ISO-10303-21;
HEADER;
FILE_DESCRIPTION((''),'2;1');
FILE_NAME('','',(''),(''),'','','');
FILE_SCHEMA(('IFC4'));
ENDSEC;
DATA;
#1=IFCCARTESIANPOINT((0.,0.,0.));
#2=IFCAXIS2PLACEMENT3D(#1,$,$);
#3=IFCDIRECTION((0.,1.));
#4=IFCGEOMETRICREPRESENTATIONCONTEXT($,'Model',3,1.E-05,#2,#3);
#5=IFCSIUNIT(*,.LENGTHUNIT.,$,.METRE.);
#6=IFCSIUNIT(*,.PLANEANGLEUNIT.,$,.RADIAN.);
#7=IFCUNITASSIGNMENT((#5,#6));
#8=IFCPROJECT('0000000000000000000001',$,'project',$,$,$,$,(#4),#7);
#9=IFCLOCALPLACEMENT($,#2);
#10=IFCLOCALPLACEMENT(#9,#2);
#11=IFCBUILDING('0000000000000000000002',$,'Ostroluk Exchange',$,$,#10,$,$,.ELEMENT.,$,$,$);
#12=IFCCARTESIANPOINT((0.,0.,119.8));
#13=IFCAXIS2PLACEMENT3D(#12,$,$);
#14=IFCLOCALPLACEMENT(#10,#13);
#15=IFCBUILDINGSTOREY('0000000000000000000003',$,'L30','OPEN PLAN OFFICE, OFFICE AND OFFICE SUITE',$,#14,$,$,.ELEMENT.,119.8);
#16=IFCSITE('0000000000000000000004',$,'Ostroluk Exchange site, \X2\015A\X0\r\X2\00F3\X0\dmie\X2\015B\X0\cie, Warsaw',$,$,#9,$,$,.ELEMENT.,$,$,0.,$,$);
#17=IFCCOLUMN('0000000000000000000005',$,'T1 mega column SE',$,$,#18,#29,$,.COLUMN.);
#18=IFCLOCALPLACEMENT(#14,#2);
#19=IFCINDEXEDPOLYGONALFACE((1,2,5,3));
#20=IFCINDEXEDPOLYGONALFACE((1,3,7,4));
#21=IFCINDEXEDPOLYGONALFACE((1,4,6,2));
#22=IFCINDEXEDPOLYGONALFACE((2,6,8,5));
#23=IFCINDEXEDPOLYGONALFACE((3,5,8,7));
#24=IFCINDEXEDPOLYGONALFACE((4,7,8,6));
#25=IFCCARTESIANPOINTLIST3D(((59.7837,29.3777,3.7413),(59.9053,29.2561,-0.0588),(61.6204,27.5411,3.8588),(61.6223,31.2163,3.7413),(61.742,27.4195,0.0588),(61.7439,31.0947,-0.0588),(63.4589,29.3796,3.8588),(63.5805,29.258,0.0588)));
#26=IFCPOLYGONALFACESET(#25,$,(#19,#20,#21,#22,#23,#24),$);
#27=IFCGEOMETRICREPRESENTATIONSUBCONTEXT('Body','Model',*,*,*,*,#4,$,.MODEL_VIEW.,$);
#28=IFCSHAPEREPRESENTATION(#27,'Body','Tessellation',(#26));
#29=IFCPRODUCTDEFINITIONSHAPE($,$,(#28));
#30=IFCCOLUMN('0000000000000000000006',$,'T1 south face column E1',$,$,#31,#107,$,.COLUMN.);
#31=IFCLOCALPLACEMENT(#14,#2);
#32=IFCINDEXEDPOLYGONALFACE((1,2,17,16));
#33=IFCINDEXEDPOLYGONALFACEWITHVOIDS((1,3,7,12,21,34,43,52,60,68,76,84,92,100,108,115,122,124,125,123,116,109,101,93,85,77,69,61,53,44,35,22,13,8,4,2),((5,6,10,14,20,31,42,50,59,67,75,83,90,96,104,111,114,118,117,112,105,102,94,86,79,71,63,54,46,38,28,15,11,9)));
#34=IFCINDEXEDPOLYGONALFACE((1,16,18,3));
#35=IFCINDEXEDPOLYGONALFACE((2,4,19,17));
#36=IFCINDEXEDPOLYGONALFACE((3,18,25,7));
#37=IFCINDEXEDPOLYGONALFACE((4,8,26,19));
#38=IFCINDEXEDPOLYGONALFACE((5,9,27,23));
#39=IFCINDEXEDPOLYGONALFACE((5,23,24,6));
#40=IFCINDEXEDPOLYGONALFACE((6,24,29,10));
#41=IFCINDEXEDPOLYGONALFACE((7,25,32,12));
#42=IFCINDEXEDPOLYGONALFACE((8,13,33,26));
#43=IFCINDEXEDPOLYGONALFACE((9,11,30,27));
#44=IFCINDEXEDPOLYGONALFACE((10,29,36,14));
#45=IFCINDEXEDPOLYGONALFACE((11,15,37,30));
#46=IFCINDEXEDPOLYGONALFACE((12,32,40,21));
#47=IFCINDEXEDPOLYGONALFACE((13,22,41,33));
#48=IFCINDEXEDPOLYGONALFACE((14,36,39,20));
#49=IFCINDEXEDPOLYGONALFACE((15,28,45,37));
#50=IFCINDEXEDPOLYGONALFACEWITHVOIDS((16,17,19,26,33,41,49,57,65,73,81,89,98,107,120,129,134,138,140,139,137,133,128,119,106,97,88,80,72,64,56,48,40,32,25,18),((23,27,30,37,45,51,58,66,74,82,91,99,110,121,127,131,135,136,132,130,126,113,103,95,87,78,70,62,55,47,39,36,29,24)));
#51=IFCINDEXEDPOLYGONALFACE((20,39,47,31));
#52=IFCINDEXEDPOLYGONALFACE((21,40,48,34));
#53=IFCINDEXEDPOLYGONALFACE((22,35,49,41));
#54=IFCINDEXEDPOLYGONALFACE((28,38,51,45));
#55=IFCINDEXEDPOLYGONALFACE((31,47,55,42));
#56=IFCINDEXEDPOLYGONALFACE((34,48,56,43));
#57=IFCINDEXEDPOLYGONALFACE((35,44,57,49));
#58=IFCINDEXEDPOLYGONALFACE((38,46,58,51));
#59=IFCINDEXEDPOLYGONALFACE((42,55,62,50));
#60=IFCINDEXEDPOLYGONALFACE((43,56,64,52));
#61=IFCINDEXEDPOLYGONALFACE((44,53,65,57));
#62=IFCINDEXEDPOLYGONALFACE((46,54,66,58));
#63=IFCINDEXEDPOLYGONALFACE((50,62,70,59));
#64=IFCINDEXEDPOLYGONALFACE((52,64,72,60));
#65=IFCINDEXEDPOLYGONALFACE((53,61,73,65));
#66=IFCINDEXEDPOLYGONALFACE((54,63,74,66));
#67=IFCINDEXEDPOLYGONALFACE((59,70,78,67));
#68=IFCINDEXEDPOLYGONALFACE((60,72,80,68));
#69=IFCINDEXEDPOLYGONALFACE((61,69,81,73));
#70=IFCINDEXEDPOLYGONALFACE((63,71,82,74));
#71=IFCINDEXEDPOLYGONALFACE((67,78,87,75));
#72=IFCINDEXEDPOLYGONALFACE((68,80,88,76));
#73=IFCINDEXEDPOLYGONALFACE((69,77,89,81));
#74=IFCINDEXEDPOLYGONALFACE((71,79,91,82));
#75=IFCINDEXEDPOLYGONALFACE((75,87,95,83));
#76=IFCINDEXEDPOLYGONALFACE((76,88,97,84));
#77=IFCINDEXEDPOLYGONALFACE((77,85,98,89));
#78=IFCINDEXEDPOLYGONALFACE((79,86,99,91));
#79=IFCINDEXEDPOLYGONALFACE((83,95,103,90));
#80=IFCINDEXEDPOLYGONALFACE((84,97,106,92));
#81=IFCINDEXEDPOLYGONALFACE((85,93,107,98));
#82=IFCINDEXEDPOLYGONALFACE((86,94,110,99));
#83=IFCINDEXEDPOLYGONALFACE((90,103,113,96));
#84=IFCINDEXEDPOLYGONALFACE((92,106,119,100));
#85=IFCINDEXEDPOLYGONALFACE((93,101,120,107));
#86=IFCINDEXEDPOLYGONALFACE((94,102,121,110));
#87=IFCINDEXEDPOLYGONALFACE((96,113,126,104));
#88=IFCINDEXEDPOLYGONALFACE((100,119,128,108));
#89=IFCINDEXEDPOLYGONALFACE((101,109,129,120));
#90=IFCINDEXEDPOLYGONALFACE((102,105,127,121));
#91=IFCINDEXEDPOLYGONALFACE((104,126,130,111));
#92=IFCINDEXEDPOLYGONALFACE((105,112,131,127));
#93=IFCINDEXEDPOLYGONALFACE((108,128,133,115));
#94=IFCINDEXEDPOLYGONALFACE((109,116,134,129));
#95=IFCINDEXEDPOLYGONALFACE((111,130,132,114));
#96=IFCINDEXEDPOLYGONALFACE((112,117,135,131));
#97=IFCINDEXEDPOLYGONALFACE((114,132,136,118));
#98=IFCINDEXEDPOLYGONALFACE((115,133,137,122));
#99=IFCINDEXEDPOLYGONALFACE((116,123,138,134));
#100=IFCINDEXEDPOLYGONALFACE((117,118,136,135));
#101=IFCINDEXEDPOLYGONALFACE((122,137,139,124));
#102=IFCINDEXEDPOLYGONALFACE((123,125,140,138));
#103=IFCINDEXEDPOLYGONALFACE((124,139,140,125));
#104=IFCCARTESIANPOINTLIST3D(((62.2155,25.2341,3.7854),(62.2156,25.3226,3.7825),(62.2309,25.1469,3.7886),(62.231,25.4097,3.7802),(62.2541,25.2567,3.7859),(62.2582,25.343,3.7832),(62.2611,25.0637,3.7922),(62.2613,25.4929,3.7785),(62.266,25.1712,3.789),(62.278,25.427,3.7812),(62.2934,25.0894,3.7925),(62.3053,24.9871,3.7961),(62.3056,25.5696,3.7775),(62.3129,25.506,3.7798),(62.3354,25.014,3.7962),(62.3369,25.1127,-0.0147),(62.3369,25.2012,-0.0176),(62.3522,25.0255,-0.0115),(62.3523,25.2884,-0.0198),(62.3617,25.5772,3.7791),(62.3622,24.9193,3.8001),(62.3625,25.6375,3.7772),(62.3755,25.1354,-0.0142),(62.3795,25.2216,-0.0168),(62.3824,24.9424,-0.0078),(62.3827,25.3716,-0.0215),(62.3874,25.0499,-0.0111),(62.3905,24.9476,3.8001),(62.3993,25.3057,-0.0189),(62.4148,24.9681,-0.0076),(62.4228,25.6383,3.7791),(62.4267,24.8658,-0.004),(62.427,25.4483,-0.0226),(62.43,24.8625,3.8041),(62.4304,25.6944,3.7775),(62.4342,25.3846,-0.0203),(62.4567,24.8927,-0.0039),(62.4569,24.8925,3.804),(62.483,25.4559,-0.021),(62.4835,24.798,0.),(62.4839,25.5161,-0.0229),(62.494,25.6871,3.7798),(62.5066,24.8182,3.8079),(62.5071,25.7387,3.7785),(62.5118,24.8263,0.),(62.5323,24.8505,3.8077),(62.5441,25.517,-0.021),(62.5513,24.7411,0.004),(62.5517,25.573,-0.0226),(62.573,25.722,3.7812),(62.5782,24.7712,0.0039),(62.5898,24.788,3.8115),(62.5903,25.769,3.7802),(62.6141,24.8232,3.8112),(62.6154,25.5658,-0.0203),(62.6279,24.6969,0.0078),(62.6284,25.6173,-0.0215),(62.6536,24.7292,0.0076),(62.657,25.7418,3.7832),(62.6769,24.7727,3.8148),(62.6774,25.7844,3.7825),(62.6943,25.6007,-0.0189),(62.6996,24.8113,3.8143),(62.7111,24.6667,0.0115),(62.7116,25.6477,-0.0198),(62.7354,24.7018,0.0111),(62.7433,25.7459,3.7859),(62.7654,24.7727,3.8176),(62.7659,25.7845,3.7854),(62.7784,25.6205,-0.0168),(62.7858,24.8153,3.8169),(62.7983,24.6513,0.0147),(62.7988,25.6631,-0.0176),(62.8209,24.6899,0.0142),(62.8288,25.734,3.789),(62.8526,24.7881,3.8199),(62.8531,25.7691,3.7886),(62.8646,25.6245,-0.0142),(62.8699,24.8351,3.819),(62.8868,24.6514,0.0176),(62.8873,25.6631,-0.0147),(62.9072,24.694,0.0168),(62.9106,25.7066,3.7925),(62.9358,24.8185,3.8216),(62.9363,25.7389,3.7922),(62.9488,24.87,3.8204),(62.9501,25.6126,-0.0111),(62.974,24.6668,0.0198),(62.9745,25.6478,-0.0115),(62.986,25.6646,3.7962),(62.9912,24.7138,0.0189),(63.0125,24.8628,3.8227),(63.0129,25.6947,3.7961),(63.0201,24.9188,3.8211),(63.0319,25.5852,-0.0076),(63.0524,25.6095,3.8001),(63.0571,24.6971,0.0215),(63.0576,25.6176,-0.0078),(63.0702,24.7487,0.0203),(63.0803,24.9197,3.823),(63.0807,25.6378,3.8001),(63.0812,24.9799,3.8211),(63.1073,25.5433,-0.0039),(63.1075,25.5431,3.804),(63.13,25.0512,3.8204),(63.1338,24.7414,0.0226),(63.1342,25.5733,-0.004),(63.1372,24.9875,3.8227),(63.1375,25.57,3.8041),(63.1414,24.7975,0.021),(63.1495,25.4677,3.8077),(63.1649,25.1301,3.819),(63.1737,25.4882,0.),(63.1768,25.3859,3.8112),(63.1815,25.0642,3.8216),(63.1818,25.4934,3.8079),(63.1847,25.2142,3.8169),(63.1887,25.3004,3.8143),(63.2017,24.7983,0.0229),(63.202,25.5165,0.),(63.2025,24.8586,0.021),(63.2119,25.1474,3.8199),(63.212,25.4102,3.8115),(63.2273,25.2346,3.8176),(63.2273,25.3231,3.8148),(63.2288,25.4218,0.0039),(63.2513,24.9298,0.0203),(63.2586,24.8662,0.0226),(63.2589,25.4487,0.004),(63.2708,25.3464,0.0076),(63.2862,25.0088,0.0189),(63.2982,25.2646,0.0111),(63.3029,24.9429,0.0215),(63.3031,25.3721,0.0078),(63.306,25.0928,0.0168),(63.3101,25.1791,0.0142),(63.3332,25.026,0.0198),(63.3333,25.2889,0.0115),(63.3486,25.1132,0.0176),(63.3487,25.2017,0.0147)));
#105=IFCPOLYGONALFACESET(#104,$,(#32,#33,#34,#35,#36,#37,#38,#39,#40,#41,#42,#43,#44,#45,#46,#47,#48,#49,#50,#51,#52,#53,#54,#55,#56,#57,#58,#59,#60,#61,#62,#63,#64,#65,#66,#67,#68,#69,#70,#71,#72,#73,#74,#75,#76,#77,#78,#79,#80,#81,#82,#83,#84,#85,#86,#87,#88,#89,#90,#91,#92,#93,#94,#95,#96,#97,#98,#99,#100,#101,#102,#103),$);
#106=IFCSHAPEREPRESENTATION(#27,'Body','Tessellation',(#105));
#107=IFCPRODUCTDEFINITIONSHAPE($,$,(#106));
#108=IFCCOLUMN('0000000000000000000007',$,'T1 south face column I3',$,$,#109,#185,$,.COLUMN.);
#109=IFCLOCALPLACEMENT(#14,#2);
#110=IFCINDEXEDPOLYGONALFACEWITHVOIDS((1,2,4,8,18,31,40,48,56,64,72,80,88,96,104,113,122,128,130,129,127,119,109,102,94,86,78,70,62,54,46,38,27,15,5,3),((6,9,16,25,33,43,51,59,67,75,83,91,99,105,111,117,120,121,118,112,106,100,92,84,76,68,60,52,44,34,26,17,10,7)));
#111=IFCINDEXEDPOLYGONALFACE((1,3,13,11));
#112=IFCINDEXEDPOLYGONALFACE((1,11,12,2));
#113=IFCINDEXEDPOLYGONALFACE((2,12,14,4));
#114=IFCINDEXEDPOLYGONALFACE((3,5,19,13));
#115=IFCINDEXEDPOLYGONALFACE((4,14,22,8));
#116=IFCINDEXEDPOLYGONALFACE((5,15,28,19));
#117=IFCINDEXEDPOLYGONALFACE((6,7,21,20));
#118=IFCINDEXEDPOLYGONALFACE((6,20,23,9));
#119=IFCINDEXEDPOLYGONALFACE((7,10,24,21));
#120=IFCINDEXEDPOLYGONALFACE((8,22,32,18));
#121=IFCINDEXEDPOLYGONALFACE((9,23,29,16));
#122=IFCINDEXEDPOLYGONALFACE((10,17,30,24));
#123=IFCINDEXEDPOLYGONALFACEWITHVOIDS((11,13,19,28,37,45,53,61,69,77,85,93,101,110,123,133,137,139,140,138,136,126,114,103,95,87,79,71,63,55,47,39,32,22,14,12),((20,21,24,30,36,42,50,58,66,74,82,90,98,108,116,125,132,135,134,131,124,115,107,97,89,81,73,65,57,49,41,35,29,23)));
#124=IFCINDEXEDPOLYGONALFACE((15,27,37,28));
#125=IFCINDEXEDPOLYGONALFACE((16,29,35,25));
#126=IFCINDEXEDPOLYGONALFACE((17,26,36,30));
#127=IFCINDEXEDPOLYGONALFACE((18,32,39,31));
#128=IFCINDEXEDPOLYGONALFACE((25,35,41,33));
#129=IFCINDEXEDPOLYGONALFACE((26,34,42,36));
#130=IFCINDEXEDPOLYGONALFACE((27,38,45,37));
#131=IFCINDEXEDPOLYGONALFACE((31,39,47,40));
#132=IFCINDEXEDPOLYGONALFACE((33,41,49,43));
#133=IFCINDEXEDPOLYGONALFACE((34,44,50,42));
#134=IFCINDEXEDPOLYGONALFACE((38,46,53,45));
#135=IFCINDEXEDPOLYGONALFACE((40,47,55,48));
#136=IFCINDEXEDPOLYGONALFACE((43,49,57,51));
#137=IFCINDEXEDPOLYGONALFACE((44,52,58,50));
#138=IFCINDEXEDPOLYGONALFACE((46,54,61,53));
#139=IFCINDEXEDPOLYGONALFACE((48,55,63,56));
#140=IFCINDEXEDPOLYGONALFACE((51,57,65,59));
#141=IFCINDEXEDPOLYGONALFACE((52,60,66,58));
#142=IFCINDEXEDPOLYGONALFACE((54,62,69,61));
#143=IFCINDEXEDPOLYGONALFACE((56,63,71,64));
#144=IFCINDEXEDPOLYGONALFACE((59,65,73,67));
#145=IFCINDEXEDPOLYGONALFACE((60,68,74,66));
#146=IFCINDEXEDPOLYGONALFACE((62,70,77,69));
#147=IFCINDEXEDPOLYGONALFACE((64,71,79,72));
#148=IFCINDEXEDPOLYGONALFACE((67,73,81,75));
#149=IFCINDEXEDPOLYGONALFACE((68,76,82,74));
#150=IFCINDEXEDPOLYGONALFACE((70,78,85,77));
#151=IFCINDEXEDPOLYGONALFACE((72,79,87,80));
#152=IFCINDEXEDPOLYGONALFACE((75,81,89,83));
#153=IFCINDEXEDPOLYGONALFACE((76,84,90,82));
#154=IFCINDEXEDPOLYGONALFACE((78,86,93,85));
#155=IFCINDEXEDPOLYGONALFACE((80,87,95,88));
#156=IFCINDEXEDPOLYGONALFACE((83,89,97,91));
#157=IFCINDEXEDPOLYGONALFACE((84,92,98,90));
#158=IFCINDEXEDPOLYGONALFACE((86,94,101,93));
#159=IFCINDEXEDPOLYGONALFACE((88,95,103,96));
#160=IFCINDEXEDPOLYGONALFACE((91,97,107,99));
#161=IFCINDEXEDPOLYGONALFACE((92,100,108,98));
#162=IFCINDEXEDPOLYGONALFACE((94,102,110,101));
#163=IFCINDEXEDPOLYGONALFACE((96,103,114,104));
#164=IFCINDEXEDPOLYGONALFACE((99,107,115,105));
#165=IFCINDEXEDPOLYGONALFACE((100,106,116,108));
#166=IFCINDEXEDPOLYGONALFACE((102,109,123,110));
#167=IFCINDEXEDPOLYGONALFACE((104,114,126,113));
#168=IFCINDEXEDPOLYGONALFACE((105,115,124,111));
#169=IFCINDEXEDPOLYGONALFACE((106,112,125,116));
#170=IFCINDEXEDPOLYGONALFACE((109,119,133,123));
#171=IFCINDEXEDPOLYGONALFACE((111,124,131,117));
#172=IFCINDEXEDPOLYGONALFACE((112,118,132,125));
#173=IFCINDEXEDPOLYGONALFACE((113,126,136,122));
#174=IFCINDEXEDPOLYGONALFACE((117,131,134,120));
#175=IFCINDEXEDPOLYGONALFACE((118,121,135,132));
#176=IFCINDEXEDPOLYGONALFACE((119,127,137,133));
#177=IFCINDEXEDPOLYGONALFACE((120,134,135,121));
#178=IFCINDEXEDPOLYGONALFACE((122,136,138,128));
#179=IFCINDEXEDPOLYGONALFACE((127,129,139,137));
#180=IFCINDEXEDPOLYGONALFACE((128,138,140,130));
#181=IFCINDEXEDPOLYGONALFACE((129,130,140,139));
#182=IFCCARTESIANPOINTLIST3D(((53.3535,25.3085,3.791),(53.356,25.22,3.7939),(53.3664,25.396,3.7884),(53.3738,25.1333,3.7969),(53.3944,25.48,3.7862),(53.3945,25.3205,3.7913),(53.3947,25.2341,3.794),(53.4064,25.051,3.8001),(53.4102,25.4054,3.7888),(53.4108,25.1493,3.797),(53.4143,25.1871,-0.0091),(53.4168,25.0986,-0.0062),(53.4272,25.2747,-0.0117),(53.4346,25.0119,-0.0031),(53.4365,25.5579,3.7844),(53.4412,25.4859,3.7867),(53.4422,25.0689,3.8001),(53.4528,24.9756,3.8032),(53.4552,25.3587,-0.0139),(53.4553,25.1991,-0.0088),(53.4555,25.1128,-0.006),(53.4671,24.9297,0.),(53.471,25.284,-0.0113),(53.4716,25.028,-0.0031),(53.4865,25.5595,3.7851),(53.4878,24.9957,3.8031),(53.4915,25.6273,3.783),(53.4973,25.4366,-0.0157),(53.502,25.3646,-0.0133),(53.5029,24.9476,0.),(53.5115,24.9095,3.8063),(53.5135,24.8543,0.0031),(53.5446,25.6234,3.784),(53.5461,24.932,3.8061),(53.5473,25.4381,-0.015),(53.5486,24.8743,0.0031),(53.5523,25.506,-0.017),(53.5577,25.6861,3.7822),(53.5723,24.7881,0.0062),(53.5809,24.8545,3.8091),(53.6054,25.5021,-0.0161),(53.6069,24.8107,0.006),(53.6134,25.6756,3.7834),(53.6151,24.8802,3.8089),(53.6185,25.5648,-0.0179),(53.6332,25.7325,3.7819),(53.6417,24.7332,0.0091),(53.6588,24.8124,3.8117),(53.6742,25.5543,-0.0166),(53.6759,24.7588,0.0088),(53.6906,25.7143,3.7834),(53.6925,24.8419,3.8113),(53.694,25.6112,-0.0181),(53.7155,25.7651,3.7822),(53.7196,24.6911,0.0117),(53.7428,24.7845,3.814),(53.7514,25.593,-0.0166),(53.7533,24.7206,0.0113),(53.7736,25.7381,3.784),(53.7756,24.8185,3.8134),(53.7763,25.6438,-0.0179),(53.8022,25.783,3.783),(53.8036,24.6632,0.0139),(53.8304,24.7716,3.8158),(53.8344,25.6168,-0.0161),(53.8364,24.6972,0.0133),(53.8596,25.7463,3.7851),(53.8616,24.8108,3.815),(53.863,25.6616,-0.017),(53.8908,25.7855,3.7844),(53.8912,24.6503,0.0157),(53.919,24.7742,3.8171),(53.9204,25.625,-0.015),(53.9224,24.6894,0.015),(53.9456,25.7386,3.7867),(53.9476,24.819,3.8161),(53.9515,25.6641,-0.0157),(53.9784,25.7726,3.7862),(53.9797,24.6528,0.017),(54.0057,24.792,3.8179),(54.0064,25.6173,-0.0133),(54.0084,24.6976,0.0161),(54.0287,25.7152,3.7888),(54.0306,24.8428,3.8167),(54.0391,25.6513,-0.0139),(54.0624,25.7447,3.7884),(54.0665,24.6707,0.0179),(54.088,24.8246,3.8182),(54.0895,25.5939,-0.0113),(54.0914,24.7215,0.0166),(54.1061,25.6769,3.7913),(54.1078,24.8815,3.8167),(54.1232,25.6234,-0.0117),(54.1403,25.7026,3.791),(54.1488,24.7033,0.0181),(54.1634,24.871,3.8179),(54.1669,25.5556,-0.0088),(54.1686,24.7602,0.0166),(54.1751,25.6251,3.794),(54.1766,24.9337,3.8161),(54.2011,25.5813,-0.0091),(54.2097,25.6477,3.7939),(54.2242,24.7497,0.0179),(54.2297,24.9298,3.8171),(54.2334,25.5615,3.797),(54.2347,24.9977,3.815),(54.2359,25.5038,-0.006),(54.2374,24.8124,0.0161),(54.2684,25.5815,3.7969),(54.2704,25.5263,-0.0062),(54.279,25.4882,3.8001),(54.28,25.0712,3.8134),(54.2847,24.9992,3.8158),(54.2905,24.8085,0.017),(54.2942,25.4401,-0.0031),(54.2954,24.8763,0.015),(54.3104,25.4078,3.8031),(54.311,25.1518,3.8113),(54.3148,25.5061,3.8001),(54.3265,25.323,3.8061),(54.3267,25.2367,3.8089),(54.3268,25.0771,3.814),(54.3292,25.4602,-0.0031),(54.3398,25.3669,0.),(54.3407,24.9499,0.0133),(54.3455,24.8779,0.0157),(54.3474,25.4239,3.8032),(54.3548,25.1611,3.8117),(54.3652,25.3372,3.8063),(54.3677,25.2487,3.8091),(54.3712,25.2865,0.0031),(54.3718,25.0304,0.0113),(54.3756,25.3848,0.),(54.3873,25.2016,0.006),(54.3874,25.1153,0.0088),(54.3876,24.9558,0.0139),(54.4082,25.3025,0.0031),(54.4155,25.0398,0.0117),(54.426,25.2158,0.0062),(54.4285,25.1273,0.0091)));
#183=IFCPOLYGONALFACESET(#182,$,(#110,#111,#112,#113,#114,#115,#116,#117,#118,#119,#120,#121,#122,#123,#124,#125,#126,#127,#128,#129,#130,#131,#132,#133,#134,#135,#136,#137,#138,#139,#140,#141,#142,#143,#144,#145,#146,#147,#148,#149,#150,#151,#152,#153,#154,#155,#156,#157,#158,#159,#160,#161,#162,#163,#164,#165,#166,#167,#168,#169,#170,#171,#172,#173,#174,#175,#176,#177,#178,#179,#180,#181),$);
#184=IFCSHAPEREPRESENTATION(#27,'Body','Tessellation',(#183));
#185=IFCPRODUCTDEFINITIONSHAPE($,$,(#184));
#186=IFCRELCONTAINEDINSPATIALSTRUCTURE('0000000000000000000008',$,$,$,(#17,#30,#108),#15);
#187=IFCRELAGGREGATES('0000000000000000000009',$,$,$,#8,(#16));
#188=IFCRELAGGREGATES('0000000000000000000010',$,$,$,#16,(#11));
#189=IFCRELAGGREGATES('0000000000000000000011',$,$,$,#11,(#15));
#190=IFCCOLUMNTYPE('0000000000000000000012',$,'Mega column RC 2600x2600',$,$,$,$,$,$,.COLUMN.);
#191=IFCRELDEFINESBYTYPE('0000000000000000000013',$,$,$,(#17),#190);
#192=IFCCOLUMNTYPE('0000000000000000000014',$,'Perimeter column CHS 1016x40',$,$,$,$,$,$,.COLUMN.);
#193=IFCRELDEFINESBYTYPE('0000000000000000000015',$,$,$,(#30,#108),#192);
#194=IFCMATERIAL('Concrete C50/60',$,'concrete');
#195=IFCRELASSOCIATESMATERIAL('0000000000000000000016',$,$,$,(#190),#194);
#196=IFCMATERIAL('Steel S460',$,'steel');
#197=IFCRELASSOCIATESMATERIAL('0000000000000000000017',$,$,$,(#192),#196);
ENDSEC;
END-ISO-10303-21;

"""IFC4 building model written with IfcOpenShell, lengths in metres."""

from ifc_helpers import new_model, si_unit, direction, frame, origin, origin_2d, place, context, subcontext, project, spatial, rectangle, hollow_circle, extrude, material, material_profile, profile_set, type_object, element, save


model = new_model("IFC4")

# Units and contexts
model_context = context("Model", 3, precision=1e-05, world=origin(), true_north=direction((0.0, 1.0)))
body_context = subcontext(model_context, "Body", "Model", "MODEL_VIEW")
ifc_project = project(units=[si_unit("LENGTHUNIT", "METRE"), si_unit("PLANEANGLEUNIT", "RADIAN")], contexts=[model_context])

# Site, building, storey
site_placement = place(None, origin())
site = spatial("IfcSite", under=ifc_project, at=site_placement, Name="Ostroluk Exchange site, Śródmieście, Warsaw", CompositionType="ELEMENT", RefElevation=0.0)
building_placement = place(site_placement, origin())
building = spatial("IfcBuilding", under=site, at=building_placement, Name="Ostroluk Exchange", CompositionType="ELEMENT")
storey_placement = place(building_placement, frame((0.0, 0.0, 119.8)))
storey = spatial("IfcBuildingStorey", under=building, at=storey_placement, Name="L30", Description="OPEN PLAN OFFICE, OFFICE AND OFFICE SUITE", CompositionType="ELEMENT", Elevation=119.8)

# Columns
ifc_material_1 = material(Name="Concrete C50/60", Category="concrete")
ifc_material_profile_1 = material_profile(ifc_material_1, rectangle(XDim=2.6001, YDim=2.6001, at=origin_2d()), Name="RC 2600x2600")
ifc_profile_set_1 = profile_set([ifc_material_profile_1], Name="Concrete C50/60")
column_type_1 = type_object("IfcColumnType", Name="Mega column RC 2600x2600", PredefinedType="COLUMN", material=ifc_profile_set_1)
column_1_placement = place(storey_placement, frame((61.7429, 29.2571, 0.0), z_axis=(-0.031962, 0.031962, 0.998978), x_axis=(-0.707107, -0.707107, 0.0)))
element("IfcColumn", 1, at=column_1_placement, inside=storey, type_object=column_type_1, Name="T1 mega column SE", PredefinedType="COLUMN", context=body_context, shape_type="SweptSolid", body=[
    extrude(rectangle(XDim=2.6001, YDim=2.6001, at=origin_2d()), origin(), (0.0, 0.0, 1.0), 3.804),
])
ifc_material_2 = material(Name="Steel S460", Category="steel")
ifc_material_profile_2 = material_profile(ifc_material_2, hollow_circle(Radius=0.5081, WallThickness=0.04, at=origin_2d()), Name="CHS 1016x40")
ifc_profile_set_2 = profile_set([ifc_material_profile_2], Name="Steel S460")
column_type_2 = type_object("IfcColumnType", Name="Perimeter column CHS 1016x40", PredefinedType="COLUMN", material=ifc_profile_set_2)
column_2_placement = place(storey_placement, frame((62.8428, 25.1572, 0.0), z_axis=(-0.031898, 0.031898, 0.998982), x_axis=(-0.707107, -0.707107, 0.0)))
element("IfcColumn", 2, at=column_2_placement, inside=storey, type_object=column_type_2, Name="T1 south face column E1", PredefinedType="COLUMN", context=body_context, shape_type="SweptSolid", body=[
    extrude(hollow_circle(Radius=0.5081, WallThickness=0.04, at=origin_2d()), origin(), (0.0, 0.0, 1.0), 3.804),
])
column_3_placement = place(storey_placement, frame((53.9214, 25.1572, 0.0), z_axis=(-0.015987, 0.03191, 0.999363), x_axis=(-0.894067, -0.447933, 0.0)))
element("IfcColumn", 3, at=column_3_placement, inside=storey, type_object=column_type_2, Name="T1 south face column I3", PredefinedType="COLUMN", context=body_context, shape_type="SweptSolid", body=[
    extrude(hollow_circle(Radius=0.5081, WallThickness=0.04, at=origin_2d()), origin(), (0.0, 0.0, 1.0), 3.8025),
])

save(model, "model.ifc")
